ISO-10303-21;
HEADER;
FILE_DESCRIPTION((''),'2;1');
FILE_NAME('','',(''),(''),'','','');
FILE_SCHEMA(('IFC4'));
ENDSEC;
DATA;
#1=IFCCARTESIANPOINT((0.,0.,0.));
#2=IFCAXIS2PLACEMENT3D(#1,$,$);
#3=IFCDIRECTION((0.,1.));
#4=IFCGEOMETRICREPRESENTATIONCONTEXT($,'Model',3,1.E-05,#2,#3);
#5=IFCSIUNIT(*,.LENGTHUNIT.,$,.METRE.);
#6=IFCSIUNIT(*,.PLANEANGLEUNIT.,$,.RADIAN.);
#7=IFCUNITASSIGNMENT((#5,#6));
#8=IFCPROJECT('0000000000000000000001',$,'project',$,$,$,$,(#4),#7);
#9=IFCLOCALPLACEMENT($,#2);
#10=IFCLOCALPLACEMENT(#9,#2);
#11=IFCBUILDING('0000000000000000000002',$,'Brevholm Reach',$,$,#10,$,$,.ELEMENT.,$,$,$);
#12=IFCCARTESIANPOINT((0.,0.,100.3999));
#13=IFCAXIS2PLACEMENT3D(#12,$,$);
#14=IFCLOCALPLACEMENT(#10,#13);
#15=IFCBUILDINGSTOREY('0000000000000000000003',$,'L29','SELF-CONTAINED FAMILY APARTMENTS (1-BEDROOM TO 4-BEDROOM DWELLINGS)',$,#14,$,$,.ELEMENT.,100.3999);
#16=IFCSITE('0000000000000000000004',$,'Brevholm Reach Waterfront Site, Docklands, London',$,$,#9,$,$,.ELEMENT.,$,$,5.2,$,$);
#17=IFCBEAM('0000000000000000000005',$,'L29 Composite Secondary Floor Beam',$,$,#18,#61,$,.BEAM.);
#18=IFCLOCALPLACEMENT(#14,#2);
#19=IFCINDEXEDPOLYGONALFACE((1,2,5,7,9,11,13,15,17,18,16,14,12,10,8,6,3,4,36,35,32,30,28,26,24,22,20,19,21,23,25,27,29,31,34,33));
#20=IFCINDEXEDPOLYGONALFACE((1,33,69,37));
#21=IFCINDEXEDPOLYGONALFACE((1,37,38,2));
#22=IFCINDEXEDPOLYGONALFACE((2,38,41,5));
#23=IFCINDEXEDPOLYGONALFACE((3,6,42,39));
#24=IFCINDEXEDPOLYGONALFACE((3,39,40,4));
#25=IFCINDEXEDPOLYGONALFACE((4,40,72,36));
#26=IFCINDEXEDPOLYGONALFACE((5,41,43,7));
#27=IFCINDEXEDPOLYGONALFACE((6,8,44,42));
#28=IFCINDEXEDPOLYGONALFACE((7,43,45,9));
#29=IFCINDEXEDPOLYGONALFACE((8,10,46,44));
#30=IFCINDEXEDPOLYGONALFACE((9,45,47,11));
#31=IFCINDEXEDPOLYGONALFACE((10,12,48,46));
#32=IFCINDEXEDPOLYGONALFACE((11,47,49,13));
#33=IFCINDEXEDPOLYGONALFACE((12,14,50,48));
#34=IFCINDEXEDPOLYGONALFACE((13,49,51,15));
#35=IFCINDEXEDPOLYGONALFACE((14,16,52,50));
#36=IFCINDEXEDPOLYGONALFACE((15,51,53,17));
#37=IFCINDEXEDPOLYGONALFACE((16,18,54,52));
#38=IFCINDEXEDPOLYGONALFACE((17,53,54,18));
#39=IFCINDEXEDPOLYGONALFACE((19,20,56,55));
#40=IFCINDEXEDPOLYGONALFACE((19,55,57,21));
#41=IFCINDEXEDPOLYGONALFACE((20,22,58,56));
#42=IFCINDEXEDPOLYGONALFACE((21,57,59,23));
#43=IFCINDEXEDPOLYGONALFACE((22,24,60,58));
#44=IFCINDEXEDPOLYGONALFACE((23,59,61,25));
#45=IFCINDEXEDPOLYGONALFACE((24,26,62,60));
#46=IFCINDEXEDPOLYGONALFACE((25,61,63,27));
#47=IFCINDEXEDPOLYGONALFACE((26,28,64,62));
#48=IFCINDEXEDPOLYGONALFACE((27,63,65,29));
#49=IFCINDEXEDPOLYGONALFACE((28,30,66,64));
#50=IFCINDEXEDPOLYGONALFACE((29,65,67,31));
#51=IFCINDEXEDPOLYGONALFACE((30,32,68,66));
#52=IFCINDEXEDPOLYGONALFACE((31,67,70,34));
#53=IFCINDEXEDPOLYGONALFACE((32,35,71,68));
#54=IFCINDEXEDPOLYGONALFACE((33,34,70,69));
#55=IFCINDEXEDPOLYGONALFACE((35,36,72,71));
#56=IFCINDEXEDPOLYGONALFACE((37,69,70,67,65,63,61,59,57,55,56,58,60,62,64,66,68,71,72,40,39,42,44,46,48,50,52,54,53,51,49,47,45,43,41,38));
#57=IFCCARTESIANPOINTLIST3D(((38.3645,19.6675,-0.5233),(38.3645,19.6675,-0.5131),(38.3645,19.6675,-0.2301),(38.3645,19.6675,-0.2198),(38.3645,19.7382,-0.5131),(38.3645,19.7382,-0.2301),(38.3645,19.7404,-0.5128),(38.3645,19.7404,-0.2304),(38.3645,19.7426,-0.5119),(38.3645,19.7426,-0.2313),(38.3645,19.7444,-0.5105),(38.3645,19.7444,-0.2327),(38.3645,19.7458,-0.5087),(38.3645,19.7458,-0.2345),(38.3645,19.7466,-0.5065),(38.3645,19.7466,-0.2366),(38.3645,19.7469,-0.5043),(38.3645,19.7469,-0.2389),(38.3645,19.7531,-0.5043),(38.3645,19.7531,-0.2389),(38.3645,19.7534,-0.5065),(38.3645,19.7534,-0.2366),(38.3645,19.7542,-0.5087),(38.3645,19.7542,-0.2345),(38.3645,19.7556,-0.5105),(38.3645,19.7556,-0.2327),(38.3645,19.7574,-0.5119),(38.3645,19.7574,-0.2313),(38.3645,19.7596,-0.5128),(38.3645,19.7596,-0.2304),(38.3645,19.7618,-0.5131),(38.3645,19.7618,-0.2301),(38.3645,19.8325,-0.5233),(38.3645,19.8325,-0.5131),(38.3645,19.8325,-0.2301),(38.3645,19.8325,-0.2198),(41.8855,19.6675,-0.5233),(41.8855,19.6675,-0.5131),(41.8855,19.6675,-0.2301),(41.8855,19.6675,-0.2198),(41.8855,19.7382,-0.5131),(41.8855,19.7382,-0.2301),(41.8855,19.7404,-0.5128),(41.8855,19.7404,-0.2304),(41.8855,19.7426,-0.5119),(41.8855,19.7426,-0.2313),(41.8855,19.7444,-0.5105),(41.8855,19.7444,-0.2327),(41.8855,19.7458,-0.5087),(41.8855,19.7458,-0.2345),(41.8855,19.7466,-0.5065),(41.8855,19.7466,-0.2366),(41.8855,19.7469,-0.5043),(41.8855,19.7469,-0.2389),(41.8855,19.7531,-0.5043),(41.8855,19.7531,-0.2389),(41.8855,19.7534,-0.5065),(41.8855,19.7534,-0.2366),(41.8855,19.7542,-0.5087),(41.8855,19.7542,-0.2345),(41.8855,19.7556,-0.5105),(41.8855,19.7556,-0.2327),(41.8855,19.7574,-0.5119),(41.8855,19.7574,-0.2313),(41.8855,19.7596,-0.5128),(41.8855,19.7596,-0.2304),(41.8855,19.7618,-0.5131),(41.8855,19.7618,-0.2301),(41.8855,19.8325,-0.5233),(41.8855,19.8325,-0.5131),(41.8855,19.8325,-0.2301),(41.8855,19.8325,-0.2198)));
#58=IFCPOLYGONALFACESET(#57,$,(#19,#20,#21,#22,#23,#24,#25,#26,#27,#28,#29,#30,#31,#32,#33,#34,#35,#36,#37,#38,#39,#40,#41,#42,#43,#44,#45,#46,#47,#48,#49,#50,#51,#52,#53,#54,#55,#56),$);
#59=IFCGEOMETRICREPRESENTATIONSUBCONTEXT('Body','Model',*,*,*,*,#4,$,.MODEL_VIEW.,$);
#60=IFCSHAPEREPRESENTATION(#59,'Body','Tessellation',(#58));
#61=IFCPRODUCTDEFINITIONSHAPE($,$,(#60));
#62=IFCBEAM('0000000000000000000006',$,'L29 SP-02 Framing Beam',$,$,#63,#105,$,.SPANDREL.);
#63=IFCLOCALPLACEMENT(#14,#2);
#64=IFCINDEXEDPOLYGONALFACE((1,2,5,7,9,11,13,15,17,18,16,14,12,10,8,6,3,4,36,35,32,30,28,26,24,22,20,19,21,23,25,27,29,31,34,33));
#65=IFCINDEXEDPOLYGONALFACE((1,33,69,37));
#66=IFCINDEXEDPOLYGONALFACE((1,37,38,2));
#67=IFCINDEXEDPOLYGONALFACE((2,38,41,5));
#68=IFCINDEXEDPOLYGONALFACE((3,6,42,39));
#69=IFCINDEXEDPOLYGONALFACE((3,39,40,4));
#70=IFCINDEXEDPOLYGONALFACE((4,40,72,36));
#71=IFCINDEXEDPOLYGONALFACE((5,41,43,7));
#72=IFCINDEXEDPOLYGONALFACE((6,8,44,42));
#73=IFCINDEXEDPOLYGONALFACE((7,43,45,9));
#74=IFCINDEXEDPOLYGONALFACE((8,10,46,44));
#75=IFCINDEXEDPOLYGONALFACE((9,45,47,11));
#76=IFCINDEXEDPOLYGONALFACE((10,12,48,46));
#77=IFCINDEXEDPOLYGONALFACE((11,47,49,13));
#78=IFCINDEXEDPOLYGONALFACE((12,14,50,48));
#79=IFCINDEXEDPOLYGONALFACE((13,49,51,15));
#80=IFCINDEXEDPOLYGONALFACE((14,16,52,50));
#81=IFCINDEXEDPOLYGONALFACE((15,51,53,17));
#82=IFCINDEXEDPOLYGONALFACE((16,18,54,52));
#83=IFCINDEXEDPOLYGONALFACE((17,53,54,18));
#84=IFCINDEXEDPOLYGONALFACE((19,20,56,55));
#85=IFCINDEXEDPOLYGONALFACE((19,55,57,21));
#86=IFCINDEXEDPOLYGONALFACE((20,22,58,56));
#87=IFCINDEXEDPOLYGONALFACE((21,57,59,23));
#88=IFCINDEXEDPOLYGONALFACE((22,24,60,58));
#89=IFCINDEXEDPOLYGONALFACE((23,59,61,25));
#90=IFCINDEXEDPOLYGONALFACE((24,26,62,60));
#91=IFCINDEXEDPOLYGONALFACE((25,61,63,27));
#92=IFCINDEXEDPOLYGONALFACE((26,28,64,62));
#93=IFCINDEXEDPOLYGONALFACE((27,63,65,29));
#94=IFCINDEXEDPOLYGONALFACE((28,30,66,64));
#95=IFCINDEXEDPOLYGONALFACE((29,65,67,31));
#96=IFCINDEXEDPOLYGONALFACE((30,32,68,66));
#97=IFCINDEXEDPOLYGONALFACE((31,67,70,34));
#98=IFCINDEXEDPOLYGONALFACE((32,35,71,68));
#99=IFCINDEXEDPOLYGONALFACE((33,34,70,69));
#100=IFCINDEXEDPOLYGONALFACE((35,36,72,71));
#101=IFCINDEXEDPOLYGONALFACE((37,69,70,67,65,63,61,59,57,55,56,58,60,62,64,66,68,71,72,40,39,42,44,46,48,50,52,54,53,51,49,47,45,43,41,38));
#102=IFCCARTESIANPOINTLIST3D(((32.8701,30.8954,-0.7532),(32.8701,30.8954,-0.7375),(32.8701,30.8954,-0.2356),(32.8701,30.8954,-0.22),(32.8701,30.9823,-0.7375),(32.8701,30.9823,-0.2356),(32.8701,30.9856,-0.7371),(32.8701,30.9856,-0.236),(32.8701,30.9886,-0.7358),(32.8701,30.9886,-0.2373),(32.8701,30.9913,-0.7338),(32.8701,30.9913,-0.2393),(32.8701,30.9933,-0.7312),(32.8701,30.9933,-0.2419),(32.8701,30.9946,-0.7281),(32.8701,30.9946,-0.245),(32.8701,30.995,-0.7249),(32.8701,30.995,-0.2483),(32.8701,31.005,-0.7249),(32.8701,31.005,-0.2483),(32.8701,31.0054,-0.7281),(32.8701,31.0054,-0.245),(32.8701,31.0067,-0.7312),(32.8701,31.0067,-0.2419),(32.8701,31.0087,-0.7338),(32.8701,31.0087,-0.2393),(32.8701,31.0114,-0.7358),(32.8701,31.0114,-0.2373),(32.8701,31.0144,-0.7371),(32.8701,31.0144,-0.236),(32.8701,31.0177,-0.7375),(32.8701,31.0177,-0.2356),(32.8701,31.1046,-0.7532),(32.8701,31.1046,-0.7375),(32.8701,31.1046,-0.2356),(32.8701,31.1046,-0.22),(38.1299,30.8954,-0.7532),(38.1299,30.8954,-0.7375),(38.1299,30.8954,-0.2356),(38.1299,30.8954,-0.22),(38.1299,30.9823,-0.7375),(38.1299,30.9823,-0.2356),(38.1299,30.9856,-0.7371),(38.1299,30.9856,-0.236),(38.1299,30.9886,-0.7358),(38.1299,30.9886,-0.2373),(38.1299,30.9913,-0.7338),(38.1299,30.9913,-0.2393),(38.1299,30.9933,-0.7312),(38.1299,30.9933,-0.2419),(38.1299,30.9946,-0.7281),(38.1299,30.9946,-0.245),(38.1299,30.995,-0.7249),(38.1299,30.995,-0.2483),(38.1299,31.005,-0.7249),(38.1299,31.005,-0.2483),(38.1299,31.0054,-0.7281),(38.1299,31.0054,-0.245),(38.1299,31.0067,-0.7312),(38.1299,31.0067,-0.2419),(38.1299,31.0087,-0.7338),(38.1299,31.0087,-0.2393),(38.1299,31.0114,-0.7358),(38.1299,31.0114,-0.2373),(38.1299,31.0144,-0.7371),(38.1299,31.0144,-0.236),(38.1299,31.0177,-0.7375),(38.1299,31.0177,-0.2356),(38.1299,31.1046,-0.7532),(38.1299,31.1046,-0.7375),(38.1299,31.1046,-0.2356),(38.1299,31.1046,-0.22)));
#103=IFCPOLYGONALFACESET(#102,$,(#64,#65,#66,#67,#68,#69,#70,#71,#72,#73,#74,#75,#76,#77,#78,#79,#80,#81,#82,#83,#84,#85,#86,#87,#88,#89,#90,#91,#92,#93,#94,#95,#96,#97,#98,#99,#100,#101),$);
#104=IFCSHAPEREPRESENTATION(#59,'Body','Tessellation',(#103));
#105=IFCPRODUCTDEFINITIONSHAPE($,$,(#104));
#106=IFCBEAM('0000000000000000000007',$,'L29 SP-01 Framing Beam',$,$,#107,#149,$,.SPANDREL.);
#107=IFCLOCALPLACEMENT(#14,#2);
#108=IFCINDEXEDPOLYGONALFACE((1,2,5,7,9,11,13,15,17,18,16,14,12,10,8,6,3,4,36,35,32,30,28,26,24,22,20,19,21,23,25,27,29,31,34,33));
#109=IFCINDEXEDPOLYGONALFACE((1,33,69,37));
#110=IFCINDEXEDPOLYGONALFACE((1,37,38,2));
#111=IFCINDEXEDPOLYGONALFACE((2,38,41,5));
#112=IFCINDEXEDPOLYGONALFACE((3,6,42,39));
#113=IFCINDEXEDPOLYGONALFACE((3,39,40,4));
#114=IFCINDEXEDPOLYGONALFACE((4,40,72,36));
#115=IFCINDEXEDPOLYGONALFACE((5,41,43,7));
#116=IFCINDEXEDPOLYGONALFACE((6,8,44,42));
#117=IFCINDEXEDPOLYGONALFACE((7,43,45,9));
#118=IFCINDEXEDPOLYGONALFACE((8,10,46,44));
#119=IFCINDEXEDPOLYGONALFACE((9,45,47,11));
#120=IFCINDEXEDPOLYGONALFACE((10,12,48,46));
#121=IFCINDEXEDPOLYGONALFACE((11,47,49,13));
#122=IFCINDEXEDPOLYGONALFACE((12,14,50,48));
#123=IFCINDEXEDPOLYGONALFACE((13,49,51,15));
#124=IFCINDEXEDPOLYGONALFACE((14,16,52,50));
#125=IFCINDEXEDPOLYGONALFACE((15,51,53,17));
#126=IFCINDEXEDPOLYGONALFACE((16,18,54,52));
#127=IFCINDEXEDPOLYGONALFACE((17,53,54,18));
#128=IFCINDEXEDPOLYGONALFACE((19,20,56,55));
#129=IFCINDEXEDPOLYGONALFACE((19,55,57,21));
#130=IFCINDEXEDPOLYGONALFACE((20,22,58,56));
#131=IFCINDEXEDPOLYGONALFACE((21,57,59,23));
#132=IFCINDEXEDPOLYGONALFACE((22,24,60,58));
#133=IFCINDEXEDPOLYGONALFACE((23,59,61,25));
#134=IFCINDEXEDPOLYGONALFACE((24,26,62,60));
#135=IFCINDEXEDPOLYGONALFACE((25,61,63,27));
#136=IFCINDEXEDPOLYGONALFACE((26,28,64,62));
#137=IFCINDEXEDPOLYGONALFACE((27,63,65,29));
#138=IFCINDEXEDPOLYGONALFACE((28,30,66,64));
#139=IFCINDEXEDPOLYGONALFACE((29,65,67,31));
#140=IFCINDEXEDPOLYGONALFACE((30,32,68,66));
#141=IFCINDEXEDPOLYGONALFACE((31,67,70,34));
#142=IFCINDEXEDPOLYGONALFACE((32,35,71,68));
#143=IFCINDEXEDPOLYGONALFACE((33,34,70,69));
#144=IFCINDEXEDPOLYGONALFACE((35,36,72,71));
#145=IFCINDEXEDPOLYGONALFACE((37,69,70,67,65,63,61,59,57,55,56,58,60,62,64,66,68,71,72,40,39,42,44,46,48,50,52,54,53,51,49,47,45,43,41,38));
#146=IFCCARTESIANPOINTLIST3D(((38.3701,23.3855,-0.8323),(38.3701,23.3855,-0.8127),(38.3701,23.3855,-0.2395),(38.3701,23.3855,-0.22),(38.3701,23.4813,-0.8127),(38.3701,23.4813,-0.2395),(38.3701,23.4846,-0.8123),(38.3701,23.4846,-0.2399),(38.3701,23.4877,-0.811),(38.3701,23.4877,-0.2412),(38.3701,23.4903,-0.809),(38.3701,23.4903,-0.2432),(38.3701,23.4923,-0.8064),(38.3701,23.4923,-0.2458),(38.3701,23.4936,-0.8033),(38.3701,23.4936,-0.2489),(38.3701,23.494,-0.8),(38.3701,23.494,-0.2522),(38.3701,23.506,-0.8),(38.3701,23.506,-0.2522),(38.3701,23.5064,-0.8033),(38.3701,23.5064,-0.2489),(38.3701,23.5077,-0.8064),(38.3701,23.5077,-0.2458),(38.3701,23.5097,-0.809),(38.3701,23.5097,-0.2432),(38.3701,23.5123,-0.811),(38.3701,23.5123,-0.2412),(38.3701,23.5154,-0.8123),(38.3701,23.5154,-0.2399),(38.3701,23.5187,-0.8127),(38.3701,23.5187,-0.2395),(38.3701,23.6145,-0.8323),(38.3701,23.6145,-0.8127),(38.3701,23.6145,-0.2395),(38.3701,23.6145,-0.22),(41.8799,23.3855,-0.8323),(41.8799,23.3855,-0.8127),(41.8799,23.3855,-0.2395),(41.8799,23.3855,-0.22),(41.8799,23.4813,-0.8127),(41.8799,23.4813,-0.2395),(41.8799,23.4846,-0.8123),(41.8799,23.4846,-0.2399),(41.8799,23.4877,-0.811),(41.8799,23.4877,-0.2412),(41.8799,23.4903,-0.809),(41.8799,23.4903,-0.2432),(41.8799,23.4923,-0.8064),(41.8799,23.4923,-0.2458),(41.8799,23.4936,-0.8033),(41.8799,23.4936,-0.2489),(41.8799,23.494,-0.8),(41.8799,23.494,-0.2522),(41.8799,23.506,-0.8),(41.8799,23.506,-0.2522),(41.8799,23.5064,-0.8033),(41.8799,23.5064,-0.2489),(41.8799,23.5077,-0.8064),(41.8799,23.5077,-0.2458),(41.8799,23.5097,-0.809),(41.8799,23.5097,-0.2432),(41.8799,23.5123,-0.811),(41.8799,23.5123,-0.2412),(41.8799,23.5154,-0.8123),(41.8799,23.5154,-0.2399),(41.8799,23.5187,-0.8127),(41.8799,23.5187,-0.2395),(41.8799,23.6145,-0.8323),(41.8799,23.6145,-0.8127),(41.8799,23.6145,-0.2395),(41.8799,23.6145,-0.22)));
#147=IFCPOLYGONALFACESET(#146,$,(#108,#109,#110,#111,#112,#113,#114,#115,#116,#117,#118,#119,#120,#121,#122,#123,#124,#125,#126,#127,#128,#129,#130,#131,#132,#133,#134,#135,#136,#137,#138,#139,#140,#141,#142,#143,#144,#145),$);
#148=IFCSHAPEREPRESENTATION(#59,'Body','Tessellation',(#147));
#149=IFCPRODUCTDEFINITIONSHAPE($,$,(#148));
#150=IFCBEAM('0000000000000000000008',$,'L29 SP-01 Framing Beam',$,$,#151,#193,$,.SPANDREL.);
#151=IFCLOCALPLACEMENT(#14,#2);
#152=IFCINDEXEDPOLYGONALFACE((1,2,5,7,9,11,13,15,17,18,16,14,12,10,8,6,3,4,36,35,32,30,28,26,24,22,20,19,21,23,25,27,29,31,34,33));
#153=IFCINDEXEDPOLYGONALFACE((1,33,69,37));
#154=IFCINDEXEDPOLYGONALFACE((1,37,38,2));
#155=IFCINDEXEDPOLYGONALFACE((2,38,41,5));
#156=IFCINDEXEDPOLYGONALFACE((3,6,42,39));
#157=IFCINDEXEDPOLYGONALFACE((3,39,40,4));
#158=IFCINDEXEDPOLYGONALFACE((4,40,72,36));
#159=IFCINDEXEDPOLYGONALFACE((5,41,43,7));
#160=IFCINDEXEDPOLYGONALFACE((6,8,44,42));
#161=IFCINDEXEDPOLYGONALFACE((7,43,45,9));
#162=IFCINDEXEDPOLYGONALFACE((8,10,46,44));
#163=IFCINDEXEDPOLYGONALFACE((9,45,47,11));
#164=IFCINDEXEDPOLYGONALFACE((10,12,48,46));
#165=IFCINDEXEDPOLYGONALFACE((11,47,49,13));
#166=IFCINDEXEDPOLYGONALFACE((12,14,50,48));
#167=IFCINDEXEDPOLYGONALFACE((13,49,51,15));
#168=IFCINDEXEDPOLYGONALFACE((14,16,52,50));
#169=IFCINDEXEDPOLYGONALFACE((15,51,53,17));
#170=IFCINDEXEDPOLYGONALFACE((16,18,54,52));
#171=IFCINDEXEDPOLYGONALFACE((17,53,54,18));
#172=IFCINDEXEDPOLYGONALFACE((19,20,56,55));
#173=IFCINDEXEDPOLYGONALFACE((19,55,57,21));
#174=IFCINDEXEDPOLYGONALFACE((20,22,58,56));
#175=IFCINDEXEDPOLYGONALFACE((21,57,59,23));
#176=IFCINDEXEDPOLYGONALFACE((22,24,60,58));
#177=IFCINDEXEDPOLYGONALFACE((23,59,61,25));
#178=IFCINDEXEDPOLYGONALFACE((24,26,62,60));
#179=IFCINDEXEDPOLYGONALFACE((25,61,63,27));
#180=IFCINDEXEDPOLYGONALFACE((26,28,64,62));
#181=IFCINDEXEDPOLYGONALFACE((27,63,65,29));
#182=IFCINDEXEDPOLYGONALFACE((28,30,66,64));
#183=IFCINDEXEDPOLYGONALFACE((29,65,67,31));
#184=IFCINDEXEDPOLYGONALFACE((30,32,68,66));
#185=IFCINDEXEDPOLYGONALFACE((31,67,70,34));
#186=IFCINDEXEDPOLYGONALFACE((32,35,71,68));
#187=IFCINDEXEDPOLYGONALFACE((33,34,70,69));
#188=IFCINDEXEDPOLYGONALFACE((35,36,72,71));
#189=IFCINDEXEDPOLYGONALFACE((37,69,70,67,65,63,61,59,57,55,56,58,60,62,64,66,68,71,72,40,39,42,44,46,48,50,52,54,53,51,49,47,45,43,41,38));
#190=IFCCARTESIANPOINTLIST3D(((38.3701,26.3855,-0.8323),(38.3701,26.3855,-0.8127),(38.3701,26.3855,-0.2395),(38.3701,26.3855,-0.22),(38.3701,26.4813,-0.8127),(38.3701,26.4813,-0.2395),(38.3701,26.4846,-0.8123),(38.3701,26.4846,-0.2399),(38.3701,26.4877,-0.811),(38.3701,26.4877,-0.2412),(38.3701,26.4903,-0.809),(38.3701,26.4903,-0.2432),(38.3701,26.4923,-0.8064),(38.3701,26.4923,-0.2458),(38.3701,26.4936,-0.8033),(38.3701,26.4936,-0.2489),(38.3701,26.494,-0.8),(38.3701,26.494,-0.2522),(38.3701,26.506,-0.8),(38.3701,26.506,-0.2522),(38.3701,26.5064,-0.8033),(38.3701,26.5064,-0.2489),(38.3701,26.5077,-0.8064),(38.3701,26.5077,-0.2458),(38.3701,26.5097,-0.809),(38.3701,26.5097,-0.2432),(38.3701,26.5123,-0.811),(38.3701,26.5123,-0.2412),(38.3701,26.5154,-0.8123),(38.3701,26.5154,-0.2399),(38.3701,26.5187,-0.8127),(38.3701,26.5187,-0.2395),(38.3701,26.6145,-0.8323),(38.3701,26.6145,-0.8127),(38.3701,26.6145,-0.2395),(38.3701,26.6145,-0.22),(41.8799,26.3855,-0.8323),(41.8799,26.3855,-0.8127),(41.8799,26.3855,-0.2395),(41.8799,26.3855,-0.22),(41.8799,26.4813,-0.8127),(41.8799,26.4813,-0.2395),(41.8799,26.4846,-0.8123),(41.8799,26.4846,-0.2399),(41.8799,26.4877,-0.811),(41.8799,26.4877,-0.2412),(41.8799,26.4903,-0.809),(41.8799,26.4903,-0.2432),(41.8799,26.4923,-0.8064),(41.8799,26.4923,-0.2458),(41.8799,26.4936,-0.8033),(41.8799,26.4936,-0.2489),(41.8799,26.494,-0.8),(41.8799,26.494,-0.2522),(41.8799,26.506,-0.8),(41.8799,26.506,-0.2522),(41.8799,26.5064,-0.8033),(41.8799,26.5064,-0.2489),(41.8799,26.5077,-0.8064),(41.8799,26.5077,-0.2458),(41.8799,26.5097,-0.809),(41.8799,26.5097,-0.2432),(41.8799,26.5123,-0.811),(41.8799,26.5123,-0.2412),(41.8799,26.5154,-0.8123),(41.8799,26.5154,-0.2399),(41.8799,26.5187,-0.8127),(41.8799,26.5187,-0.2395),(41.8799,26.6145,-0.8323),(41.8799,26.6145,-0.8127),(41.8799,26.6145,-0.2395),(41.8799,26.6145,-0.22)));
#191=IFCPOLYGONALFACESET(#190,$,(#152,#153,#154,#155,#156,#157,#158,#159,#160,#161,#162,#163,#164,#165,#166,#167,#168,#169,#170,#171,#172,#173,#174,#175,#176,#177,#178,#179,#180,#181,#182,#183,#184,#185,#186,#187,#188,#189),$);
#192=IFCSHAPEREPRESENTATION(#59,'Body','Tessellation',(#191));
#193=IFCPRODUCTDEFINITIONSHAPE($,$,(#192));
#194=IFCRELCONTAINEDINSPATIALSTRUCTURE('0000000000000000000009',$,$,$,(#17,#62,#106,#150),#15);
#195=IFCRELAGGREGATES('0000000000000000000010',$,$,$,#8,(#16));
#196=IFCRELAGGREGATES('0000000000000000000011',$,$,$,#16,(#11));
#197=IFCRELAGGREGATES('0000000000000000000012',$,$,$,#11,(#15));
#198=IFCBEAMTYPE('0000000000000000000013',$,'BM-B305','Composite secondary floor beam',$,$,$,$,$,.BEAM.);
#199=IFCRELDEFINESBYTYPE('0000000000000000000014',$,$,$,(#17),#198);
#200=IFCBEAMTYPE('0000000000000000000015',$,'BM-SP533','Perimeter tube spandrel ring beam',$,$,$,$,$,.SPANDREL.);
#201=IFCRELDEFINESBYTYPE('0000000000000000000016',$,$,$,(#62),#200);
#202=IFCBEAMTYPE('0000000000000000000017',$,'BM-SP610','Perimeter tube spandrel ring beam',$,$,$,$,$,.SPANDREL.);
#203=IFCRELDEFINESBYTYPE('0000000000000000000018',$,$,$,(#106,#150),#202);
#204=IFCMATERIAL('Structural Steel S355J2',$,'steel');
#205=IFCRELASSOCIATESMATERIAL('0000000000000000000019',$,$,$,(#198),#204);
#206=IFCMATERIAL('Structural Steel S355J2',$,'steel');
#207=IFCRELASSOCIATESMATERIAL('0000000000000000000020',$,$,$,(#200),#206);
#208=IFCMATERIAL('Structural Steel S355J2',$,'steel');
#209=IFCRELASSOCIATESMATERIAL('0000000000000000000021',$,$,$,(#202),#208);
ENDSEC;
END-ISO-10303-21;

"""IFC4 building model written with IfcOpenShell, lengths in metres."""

from ifc_helpers import new_model, si_unit, direction, frame, origin, origin_2d, place, context, subcontext, project, spatial, i_section, extrude, material, material_profile, profile_set, type_object, element, save


model = new_model("IFC4")

# Units and contexts
model_context = context("Model", 3, precision=1e-05, world=origin(), true_north=direction((0.0, 1.0)))
body_context = subcontext(model_context, "Body", "Model", "MODEL_VIEW")
ifc_project = project(units=[si_unit("LENGTHUNIT", "METRE"), si_unit("PLANEANGLEUNIT", "RADIAN")], contexts=[model_context])

# Site, building, storey
site_placement = place(None, origin())
site = spatial("IfcSite", under=ifc_project, at=site_placement, Name="Brevholm Reach Waterfront Site, Docklands, London", CompositionType="ELEMENT", RefElevation=5.2)
building_placement = place(site_placement, origin())
building = spatial("IfcBuilding", under=site, at=building_placement, Name="Brevholm Reach", CompositionType="ELEMENT")
storey_placement = place(building_placement, frame((0.0, 0.0, 100.3999)))
storey = spatial("IfcBuildingStorey", under=building, at=storey_placement, Name="L29", Description="SELF-CONTAINED FAMILY APARTMENTS (1-BEDROOM TO 4-BEDROOM DWELLINGS)", CompositionType="ELEMENT", Elevation=100.3999)

# Beams
ifc_material_1 = material(Name="Structural Steel S355J2", Category="steel")
ifc_material_profile_1 = material_profile(ifc_material_1, i_section(OverallWidth=0.165, OverallDepth=0.3035, WebThickness=0.0061, FlangeThickness=0.0103, FilletRadius=0.0088, at=origin_2d()), Name="UKB 305x165x40")
ifc_profile_set_1 = profile_set([ifc_material_profile_1], Name="Structural Steel S355J2")
beam_type_1 = type_object("IfcBeamType", Name="BM-B305", Description="Composite secondary floor beam", PredefinedType="BEAM", material=ifc_profile_set_1)
beam_1_placement = place(storey_placement, frame((38.3645, 19.75, -0.3716), z_axis=(1.0, 0.0, 0.0), x_axis=(0.0, 1.0, 0.0)))
element("IfcBeam", 1, at=beam_1_placement, inside=storey, type_object=beam_type_1, Name="L29 Composite Secondary Floor Beam", PredefinedType="BEAM", context=body_context, shape_type="SweptSolid", body=[
    extrude(i_section(OverallWidth=0.165, OverallDepth=0.3035, WebThickness=0.0061, FlangeThickness=0.0103, FilletRadius=0.0088, at=origin_2d()), origin(), (0.0, 0.0, 1.0), 3.521),
])
ifc_material_2 = material(Name="Structural Steel S355J2", Category="steel")
ifc_material_profile_2 = material_profile(ifc_material_2, i_section(OverallWidth=0.2092, OverallDepth=0.5332, WebThickness=0.01, FlangeThickness=0.0156, FilletRadius=0.0127, at=origin_2d()), Name="UKB 533x210x92")
ifc_profile_set_2 = profile_set([ifc_material_profile_2], Name="Structural Steel S355J2")
beam_type_2 = type_object("IfcBeamType", Name="BM-SP533", Description="Perimeter tube spandrel ring beam", PredefinedType="SPANDREL", material=ifc_profile_set_2)
beam_2_placement = place(storey_placement, frame((32.8701, 31.0, -0.4866), z_axis=(1.0, 0.0, 0.0), x_axis=(0.0, 1.0, 0.0)))
element("IfcBeam", 2, at=beam_2_placement, inside=storey, type_object=beam_type_2, Name="L29 SP-02 Framing Beam", PredefinedType="SPANDREL", context=body_context, shape_type="SweptSolid", body=[
    extrude(i_section(OverallWidth=0.2092, OverallDepth=0.5332, WebThickness=0.01, FlangeThickness=0.0156, FilletRadius=0.0127, at=origin_2d()), origin(), (0.0, 0.0, 1.0), 5.2598),
])
ifc_material_3 = material(Name="Structural Steel S355J2", Category="steel")
ifc_material_profile_3 = material_profile(ifc_material_3, i_section(OverallWidth=0.229, OverallDepth=0.6123, WebThickness=0.012, FlangeThickness=0.0195, FilletRadius=0.0127, at=origin_2d()), Name="UKB 610x229x125")
ifc_profile_set_3 = profile_set([ifc_material_profile_3], Name="Structural Steel S355J2")
beam_type_3 = type_object("IfcBeamType", Name="BM-SP610", Description="Perimeter tube spandrel ring beam", PredefinedType="SPANDREL", material=ifc_profile_set_3)
for number, where, z_axis, x_axis, name in (
    (3, (38.3701, 23.5, -0.5261), (1.0, 0.0, 0.0), (0.0, 1.0, 0.0), "L29 SP-01 Framing Beam"),
    (4, (38.3701, 26.5, -0.5261), (1.0, 0.0, 0.0), (0.0, 1.0, 0.0), "L29 SP-01 Framing Beam"),
):
    element("IfcBeam", number, at=place(storey_placement, frame(where, z_axis=z_axis, x_axis=x_axis)), inside=storey, type_object=beam_type_3, Name=name, PredefinedType="SPANDREL", context=body_context, shape_type="SweptSolid", body=[
        extrude(i_section(OverallWidth=0.229, OverallDepth=0.6123, WebThickness=0.012, FlangeThickness=0.0195, FilletRadius=0.0127, at=origin_2d()), origin(), (0.0, 0.0, 1.0), 3.5098),
    ])

save(model, "model.ifc")
